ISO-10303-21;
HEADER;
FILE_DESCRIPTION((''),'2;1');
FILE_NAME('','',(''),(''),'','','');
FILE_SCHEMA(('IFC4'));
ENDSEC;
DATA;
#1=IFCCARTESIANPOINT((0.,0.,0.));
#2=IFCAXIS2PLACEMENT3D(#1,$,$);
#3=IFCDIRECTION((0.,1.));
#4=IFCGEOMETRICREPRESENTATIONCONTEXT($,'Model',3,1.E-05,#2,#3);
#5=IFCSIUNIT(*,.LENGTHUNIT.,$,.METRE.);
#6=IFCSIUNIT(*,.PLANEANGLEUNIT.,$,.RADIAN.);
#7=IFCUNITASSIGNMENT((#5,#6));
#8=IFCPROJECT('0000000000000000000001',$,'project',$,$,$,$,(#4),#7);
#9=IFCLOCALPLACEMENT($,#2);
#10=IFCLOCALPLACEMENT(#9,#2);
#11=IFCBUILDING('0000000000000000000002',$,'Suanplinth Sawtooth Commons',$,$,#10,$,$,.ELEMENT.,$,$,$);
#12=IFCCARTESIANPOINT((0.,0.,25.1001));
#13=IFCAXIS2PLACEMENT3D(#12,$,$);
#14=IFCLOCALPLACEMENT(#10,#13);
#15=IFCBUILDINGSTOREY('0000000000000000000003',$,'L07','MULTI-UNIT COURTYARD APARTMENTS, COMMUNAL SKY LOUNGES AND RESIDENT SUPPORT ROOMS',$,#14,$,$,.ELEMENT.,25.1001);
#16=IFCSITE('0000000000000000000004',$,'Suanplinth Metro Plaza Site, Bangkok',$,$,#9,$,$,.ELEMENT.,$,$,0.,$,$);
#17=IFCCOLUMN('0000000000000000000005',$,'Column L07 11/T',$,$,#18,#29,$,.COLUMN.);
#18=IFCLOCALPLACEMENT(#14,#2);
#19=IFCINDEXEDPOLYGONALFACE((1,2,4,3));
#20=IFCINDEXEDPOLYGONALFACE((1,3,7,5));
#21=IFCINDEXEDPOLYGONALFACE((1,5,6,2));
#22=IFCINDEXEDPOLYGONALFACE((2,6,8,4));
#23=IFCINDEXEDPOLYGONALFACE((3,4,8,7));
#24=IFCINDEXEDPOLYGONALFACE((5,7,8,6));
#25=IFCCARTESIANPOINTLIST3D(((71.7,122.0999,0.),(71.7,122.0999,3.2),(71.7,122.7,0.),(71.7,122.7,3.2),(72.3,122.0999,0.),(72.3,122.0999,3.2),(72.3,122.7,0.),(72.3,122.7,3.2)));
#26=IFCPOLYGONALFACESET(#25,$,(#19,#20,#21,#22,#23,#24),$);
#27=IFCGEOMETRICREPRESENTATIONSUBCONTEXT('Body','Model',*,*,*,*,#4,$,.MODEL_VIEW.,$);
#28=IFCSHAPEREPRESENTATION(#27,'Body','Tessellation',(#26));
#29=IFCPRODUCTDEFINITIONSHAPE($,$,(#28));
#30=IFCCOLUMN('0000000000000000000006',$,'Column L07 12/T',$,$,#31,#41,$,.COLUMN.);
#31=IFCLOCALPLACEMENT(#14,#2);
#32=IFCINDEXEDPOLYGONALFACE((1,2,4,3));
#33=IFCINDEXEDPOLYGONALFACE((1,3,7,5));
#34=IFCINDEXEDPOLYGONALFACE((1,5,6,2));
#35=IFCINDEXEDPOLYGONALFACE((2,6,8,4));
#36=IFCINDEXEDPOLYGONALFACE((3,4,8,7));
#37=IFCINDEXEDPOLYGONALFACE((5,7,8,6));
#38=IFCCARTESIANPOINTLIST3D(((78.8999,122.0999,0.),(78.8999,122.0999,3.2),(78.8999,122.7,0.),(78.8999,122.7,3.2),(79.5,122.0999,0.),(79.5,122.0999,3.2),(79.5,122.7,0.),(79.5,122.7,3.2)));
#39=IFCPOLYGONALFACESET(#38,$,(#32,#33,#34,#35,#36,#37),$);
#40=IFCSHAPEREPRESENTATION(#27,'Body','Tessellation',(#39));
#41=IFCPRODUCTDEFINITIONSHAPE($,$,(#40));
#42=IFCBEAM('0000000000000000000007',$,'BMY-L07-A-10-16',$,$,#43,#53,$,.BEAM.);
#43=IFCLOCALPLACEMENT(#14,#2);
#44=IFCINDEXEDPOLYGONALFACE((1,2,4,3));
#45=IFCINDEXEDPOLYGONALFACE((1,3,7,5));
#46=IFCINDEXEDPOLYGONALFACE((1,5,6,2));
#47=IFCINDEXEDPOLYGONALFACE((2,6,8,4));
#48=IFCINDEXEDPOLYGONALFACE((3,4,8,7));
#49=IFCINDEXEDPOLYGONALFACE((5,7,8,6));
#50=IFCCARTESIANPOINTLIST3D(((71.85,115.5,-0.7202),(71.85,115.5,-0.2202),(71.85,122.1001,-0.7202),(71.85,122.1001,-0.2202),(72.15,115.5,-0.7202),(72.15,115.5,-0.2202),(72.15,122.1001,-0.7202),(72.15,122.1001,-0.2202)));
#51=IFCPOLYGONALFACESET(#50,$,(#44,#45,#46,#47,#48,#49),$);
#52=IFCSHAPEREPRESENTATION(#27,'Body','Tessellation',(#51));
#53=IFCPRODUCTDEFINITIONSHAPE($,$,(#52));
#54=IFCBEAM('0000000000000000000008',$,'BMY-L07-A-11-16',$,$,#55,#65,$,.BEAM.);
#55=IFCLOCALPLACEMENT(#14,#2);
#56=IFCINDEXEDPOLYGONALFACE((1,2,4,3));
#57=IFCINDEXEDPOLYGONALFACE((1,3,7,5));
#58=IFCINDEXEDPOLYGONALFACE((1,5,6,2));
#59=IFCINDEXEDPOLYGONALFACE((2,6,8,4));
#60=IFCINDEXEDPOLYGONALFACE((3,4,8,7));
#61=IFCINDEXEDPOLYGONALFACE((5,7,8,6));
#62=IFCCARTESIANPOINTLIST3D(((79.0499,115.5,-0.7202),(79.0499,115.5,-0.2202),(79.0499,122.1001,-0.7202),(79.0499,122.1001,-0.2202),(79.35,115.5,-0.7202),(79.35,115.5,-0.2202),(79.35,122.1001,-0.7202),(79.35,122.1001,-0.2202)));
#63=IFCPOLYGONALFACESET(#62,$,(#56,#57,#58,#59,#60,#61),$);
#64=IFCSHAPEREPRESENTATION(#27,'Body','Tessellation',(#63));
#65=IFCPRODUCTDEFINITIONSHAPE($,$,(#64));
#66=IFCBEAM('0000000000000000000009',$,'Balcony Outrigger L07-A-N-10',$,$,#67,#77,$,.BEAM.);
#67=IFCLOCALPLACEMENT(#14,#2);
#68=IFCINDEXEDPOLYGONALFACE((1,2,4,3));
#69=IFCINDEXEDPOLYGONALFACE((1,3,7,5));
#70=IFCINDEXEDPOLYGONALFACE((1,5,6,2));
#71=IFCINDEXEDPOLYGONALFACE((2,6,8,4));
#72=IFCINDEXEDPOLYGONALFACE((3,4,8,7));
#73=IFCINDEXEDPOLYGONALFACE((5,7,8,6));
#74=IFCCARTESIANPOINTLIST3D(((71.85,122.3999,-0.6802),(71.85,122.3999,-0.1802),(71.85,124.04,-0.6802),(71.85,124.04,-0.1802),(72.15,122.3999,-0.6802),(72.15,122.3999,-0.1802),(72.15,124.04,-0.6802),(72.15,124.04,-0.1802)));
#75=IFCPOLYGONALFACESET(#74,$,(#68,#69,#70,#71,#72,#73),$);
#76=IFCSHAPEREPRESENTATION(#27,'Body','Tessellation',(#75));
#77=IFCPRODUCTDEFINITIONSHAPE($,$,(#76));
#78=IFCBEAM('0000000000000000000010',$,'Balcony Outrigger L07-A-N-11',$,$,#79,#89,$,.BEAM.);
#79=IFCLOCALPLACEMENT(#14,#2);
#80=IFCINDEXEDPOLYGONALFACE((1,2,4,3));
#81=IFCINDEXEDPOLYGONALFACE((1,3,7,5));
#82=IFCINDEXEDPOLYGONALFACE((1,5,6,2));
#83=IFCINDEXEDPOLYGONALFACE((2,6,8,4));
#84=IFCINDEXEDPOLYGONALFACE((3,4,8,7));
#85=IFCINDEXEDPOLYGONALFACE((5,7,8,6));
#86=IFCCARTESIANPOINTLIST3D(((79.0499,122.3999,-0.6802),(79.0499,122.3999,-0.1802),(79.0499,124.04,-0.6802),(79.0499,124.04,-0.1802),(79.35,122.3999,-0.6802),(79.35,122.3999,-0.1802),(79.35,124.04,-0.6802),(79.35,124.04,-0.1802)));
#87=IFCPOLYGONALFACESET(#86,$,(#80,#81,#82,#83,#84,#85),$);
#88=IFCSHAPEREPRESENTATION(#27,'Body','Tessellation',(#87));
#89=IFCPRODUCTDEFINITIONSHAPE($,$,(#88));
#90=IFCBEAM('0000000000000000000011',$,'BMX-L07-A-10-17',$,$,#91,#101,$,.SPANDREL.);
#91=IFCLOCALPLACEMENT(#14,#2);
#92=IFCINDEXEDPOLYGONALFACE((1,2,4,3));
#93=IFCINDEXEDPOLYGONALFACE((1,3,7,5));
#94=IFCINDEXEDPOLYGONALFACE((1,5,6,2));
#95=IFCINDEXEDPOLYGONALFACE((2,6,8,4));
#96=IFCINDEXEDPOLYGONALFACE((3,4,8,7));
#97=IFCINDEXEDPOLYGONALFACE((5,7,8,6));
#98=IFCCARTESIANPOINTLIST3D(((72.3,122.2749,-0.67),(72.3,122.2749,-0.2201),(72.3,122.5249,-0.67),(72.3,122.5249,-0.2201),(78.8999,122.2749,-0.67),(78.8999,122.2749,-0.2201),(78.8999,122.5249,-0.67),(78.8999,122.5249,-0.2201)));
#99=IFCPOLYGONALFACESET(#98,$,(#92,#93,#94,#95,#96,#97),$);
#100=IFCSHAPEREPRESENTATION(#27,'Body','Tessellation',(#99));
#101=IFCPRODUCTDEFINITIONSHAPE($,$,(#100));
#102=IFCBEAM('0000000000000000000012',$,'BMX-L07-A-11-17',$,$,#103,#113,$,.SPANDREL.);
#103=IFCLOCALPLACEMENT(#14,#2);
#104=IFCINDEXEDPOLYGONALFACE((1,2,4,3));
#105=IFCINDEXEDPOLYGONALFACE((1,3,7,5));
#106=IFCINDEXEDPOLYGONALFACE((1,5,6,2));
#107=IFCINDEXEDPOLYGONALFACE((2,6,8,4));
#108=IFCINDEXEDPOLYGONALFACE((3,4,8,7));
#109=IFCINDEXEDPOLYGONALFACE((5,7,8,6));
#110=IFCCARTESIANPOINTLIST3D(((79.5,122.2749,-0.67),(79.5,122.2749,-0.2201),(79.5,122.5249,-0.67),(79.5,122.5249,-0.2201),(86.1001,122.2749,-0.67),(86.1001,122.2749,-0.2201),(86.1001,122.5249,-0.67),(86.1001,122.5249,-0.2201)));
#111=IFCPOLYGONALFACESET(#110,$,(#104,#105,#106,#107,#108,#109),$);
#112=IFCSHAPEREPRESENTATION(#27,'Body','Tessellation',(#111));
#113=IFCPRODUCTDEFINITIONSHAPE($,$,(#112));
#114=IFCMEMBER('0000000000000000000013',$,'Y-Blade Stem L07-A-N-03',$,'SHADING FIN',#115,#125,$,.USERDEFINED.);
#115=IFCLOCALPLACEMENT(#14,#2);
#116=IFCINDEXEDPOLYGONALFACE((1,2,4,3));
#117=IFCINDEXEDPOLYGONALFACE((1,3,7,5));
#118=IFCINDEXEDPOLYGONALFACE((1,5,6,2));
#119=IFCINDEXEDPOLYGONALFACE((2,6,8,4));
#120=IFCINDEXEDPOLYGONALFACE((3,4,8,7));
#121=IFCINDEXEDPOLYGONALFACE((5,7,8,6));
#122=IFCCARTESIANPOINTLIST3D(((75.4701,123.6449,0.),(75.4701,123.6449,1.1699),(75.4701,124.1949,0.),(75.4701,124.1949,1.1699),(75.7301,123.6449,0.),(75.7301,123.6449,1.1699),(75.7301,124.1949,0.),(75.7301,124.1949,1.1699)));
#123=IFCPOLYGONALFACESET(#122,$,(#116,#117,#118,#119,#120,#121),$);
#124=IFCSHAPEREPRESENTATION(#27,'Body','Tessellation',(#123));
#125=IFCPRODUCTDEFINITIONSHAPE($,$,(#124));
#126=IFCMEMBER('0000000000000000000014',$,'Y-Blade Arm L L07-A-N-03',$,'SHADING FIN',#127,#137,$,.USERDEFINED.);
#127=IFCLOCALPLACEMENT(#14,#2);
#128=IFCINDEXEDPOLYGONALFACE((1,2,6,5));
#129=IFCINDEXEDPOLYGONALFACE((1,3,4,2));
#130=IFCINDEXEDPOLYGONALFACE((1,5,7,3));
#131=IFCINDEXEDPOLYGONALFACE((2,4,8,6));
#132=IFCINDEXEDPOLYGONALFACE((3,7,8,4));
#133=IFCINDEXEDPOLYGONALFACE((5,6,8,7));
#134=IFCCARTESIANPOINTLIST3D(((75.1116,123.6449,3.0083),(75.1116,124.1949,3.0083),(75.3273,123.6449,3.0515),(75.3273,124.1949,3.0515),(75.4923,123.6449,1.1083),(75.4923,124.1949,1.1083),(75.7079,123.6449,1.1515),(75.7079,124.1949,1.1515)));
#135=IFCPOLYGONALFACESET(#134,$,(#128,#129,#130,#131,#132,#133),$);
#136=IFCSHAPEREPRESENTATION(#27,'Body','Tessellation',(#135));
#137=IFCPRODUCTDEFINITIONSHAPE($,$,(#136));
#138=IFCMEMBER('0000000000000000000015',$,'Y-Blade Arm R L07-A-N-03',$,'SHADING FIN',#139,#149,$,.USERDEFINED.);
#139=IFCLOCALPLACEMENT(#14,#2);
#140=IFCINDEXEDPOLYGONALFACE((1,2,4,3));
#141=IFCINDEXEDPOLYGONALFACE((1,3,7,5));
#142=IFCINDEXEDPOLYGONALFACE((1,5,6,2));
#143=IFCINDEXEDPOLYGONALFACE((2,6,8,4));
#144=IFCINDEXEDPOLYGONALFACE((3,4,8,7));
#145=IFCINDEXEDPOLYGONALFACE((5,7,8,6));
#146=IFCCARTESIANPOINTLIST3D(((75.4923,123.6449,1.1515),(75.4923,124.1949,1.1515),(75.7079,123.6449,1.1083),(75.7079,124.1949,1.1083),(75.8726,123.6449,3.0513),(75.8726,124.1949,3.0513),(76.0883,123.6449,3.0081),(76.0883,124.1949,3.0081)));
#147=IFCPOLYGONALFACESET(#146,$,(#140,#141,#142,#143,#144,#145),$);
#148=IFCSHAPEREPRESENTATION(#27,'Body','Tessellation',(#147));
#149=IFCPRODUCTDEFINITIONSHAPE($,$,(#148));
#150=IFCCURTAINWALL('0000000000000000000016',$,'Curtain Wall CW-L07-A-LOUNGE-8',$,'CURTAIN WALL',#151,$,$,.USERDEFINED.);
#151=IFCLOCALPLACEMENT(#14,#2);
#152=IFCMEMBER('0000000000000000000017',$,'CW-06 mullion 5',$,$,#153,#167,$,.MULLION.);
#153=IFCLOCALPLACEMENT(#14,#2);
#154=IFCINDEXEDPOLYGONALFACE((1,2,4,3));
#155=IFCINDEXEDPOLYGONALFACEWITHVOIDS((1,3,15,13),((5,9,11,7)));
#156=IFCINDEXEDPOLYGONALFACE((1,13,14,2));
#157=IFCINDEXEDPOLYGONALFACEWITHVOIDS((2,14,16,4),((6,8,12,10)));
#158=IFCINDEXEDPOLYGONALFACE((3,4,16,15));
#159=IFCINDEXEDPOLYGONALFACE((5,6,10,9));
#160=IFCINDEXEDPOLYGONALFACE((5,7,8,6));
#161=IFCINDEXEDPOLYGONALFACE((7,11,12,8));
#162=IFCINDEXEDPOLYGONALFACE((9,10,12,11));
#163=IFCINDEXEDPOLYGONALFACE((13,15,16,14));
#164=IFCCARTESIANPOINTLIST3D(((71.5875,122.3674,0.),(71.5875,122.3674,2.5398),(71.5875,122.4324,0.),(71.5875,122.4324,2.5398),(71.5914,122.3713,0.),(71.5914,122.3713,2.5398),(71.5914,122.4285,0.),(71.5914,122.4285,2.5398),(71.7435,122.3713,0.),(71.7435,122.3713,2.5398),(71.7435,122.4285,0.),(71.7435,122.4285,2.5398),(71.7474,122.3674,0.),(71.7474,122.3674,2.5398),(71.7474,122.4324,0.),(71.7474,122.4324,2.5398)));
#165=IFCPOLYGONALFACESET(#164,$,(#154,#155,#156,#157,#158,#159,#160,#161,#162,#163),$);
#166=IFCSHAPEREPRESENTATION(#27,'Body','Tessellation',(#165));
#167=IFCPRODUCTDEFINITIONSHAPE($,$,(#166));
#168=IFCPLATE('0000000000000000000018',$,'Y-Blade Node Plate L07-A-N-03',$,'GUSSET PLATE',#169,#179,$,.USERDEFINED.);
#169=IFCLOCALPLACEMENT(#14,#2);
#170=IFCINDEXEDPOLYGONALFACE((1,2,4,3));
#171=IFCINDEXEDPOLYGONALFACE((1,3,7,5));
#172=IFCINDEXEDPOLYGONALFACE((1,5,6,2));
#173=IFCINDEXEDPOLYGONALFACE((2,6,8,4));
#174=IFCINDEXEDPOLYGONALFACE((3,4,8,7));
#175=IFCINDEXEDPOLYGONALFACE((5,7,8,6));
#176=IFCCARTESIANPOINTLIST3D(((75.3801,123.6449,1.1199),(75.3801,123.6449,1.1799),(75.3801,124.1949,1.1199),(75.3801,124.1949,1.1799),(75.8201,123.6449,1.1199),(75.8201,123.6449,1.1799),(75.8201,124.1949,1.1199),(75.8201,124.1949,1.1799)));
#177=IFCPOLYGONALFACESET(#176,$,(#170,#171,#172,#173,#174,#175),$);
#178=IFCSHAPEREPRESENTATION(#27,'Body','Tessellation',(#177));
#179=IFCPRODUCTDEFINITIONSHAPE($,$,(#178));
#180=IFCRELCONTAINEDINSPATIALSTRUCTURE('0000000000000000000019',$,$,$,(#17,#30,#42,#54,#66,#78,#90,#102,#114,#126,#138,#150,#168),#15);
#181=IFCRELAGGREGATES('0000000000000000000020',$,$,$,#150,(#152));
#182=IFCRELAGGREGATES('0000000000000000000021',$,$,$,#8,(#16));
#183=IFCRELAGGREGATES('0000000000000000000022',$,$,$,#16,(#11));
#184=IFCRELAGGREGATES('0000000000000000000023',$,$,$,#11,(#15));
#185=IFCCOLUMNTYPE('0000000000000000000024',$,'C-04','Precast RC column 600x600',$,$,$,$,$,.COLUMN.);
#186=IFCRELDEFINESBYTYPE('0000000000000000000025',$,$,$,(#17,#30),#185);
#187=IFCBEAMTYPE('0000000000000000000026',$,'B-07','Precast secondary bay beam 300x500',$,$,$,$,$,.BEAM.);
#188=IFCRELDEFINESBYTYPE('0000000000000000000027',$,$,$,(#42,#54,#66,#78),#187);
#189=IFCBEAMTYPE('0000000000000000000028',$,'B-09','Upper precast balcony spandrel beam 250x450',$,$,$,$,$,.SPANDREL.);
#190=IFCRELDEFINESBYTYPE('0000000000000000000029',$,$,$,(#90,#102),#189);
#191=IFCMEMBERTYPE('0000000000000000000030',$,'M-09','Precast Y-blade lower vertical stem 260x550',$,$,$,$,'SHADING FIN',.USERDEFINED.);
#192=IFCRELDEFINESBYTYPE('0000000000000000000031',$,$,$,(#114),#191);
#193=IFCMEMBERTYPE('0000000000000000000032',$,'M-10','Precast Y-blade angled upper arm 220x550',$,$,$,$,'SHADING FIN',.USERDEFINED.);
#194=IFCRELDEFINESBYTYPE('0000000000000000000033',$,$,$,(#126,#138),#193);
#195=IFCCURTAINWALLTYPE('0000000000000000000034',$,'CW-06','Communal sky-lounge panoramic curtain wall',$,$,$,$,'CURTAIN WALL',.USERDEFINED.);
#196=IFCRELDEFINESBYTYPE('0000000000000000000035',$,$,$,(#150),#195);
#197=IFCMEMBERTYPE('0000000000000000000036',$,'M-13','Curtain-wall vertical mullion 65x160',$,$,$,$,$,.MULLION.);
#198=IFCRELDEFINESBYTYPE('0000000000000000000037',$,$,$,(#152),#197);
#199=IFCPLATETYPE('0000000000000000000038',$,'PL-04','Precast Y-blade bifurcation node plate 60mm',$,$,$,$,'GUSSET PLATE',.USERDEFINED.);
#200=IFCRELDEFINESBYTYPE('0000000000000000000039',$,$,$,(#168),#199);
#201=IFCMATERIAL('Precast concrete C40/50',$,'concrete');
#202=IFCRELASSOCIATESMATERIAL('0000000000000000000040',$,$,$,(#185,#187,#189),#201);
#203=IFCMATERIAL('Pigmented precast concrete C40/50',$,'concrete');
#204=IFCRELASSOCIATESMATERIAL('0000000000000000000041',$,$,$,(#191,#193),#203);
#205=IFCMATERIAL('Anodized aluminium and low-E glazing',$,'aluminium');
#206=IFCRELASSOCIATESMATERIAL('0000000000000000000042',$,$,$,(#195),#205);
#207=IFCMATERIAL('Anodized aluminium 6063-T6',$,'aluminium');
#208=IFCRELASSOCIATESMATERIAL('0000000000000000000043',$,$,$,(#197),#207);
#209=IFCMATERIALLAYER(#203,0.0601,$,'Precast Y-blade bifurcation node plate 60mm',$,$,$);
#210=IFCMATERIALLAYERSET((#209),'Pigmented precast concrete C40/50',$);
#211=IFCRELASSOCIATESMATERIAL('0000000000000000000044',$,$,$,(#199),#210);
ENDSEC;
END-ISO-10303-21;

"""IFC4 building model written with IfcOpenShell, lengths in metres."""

from ifc_helpers import new_model, si_unit, direction, frame, origin, origin_2d, place, context, subcontext, project, spatial, rectangle, hollow_rectangle, extrude, material, layer, layer_set, material_profile, profile_set, type_object, element, aggregate, save


model = new_model("IFC4")

# Units and contexts
model_context = context("Model", 3, precision=1e-05, world=origin(), true_north=direction((0.0, 1.0)))
body_context = subcontext(model_context, "Body", "Model", "MODEL_VIEW")
ifc_project = project(units=[si_unit("LENGTHUNIT", "METRE"), si_unit("PLANEANGLEUNIT", "RADIAN")], contexts=[model_context])

# Site, building, storey
site_placement = place(None, origin())
site = spatial("IfcSite", under=ifc_project, at=site_placement, Name="Suanplinth Metro Plaza Site, Bangkok", CompositionType="ELEMENT", RefElevation=0.0)
building_placement = place(site_placement, origin())
building = spatial("IfcBuilding", under=site, at=building_placement, Name="Suanplinth Sawtooth Commons", CompositionType="ELEMENT")
storey_placement = place(building_placement, frame((0.0, 0.0, 25.1001)))
storey = spatial("IfcBuildingStorey", under=building, at=storey_placement, Name="L07", Description="MULTI-UNIT COURTYARD APARTMENTS, COMMUNAL SKY LOUNGES AND RESIDENT SUPPORT ROOMS", CompositionType="ELEMENT", Elevation=25.1001)

# Columns
ifc_material_1 = material(Name="Precast concrete C40/50", Category="concrete")
ifc_material_profile_1 = material_profile(ifc_material_1, rectangle(XDim=0.6001, YDim=0.6001, at=origin_2d()), Name="PC-COL 600x600")
ifc_profile_set_1 = profile_set([ifc_material_profile_1], Name="Precast concrete C40/50")
column_type = type_object("IfcColumnType", Name="C-04", Description="Precast RC column 600x600", PredefinedType="COLUMN", material=ifc_profile_set_1)
for number, where, z_axis, x_axis, name in (
    (1, (72.0, 122.3999, 0.0), (0.0, 0.0, 1.0), (1.0, 0.0, 0.0), "Column L07 11/T"),
    (2, (79.2, 122.3999, 0.0), (0.0, 0.0, 1.0), (1.0, 0.0, 0.0), "Column L07 12/T"),
):
    element("IfcColumn", number, at=place(storey_placement, frame(where, z_axis=z_axis, x_axis=x_axis)), inside=storey, type_object=column_type, Name=name, PredefinedType="COLUMN", context=body_context, shape_type="SweptSolid", body=[
        extrude(rectangle(XDim=0.6001, YDim=0.6001, at=origin_2d()), origin(), (0.0, 0.0, 1.0), 3.2),
    ])

# Beams
ifc_material_profile_2 = material_profile(ifc_material_1, rectangle(XDim=0.3, YDim=0.5, at=origin_2d()), Name="PC-BM 300x500")
ifc_profile_set_2 = profile_set([ifc_material_profile_2], Name="Precast concrete C40/50")
beam_type_1 = type_object("IfcBeamType", Name="B-07", Description="Precast secondary bay beam 300x500", PredefinedType="BEAM", material=ifc_profile_set_2)
for number, where, z_axis, x_axis, name in (
    (3, (72.0, 115.5, -0.4702), (0.0, 1.0, 0.0), (-1.0, 0.0, 0.0), "BMY-L07-A-10-16"),
    (4, (79.2, 115.5, -0.4702), (0.0, 1.0, 0.0), (-1.0, 0.0, 0.0), "BMY-L07-A-11-16"),
):
    element("IfcBeam", number, at=place(storey_placement, frame(where, z_axis=z_axis, x_axis=x_axis)), inside=storey, type_object=beam_type_1, Name=name, PredefinedType="BEAM", context=body_context, shape_type="SweptSolid", body=[
        extrude(rectangle(XDim=0.3, YDim=0.5, at=origin_2d()), origin(), (0.0, 0.0, 1.0), 6.6001),
    ])
for number, where, z_axis, x_axis, name in (
    (5, (72.0, 122.3999, -0.4302), (0.0, 1.0, 0.0), (-1.0, 0.0, 0.0), "Balcony Outrigger L07-A-N-10"),
    (6, (79.2, 122.3999, -0.4302), (0.0, 1.0, 0.0), (-1.0, 0.0, 0.0), "Balcony Outrigger L07-A-N-11"),
):
    element("IfcBeam", number, at=place(storey_placement, frame(where, z_axis=z_axis, x_axis=x_axis)), inside=storey, type_object=beam_type_1, Name=name, PredefinedType="BEAM", context=body_context, shape_type="SweptSolid", body=[
        extrude(rectangle(XDim=0.3, YDim=0.5, at=origin_2d()), origin(), (0.0, 0.0, 1.0), 1.6401),
    ])
ifc_material_profile_3 = material_profile(ifc_material_1, rectangle(XDim=0.25, YDim=0.45, at=origin_2d()), Name="PC-SP 250x450")
ifc_profile_set_3 = profile_set([ifc_material_profile_3], Name="Precast concrete C40/50")
beam_type_2 = type_object("IfcBeamType", Name="B-09", Description="Upper precast balcony spandrel beam 250x450", PredefinedType="SPANDREL", material=ifc_profile_set_3)
beam_1_placement = place(storey_placement, frame((72.3, 122.3999, -0.4451), z_axis=(1.0, 0.0, 0.0), x_axis=(0.0, 1.0, 0.0)))
element("IfcBeam", 7, at=beam_1_placement, inside=storey, type_object=beam_type_2, Name="BMX-L07-A-10-17", PredefinedType="SPANDREL", context=body_context, shape_type="SweptSolid", body=[
    extrude(rectangle(XDim=0.25, YDim=0.45, at=origin_2d()), origin(), (0.0, 0.0, 1.0), 6.5999),
])
beam_2_placement = place(storey_placement, frame((79.5, 122.3999, -0.4451), z_axis=(1.0, 0.0, 0.0), x_axis=(0.0, 1.0, 0.0)))
element("IfcBeam", 8, at=beam_2_placement, inside=storey, type_object=beam_type_2, Name="BMX-L07-A-11-17", PredefinedType="SPANDREL", context=body_context, shape_type="SweptSolid", body=[
    extrude(rectangle(XDim=0.25, YDim=0.45, at=origin_2d()), origin(), (0.0, 0.0, 1.0), 6.6001),
])

# Members
ifc_material_2 = material(Name="Pigmented precast concrete C40/50", Category="concrete")
ifc_material_profile_4 = material_profile(ifc_material_2, rectangle(XDim=0.26, YDim=0.55, at=origin_2d()), Name="PC-FIN 260x550")
ifc_profile_set_4 = profile_set([ifc_material_profile_4], Name="Pigmented precast concrete C40/50")
member_type_1 = type_object("IfcMemberType", Name="M-09", Description="Precast Y-blade lower vertical stem 260x550", ElementType="SHADING FIN", PredefinedType="USERDEFINED", material=ifc_profile_set_4)
member_1_placement = place(storey_placement, frame((75.6001, 123.9199, 0.0), z_axis=(0.0, 0.0, 1.0), x_axis=(1.0, 0.0, 0.0)))
element("IfcMember", 9, at=member_1_placement, inside=storey, type_object=member_type_1, Name="Y-Blade Stem L07-A-N-03", ObjectType="SHADING FIN", PredefinedType="USERDEFINED", context=body_context, shape_type="SweptSolid", body=[
    extrude(rectangle(XDim=0.26, YDim=0.55, at=origin_2d()), origin(), (0.0, 0.0, 1.0), 1.1699),
])
ifc_material_profile_5 = material_profile(ifc_material_2, rectangle(XDim=0.22, YDim=0.55, at=origin_2d()), Name="PC-FIN 220x550")
ifc_profile_set_5 = profile_set([ifc_material_profile_5], Name="Pigmented precast concrete C40/50")
member_type_2 = type_object("IfcMemberType", Name="M-10", Description="Precast Y-blade angled upper arm 220x550", ElementType="SHADING FIN", PredefinedType="USERDEFINED", material=ifc_profile_set_5)
member_2_placement = place(storey_placement, frame((75.6001, 123.9199, 1.1299), z_axis=(-0.196431, 0.0, 0.980518), x_axis=(0.980518, 0.0, 0.196431)))
element("IfcMember", 10, at=member_2_placement, inside=storey, type_object=member_type_2, Name="Y-Blade Arm L L07-A-N-03", ObjectType="SHADING FIN", PredefinedType="USERDEFINED", context=body_context, shape_type="SweptSolid", body=[
    extrude(rectangle(XDim=0.22, YDim=0.55, at=origin_2d()), origin(), (0.0, 0.0, 1.0), 1.9377),
])
member_3_placement = place(storey_placement, frame((75.6001, 123.9199, 1.1299), z_axis=(0.19631, 0.0, 0.980542), x_axis=(-0.980542, 0.0, 0.19631)))
element("IfcMember", 11, at=member_3_placement, inside=storey, type_object=member_type_2, Name="Y-Blade Arm R L07-A-N-03", ObjectType="SHADING FIN", PredefinedType="USERDEFINED", context=body_context, shape_type="SweptSolid", body=[
    extrude(rectangle(XDim=0.22, YDim=0.55, at=origin_2d()), origin(), (0.0, 0.0, 1.0), 1.9375),
])

# Curtain wall, member
ifc_material_3 = material(Name="Anodized aluminium and low-E glazing", Category="aluminium")
curtain_wall_type = type_object("IfcCurtainWallType", Name="CW-06", Description="Communal sky-lounge panoramic curtain wall", ElementType="CURTAIN WALL", PredefinedType="USERDEFINED", material=ifc_material_3)
curtain_wall_placement = place(storey_placement, origin())
curtain_wall = element("IfcCurtainWall", 12, at=curtain_wall_placement, inside=storey, type_object=curtain_wall_type, Name="Curtain Wall CW-L07-A-LOUNGE-8", ObjectType="CURTAIN WALL", PredefinedType="USERDEFINED")
ifc_material_4 = material(Name="Anodized aluminium 6063-T6", Category="aluminium")
ifc_material_profile_6 = material_profile(ifc_material_4, hollow_rectangle(XDim=0.0649, YDim=0.1599, WallThickness=0.0039, at=origin_2d()), Name="ALU-MUL 65x160")
ifc_profile_set_6 = profile_set([ifc_material_profile_6], Name="Anodized aluminium 6063-T6")
member_type_3 = type_object("IfcMemberType", Name="M-13", Description="Curtain-wall vertical mullion 65x160", PredefinedType="MULLION", material=ifc_profile_set_6)
member_4_placement = place(storey_placement, frame((71.6675, 122.3999, 0.0), z_axis=(0.0, 0.0, 1.0), x_axis=(0.0, 1.0, 0.0)))
member_4 = element("IfcMember", 13, at=member_4_placement, type_object=member_type_3, Name="CW-06 mullion 5", PredefinedType="MULLION", context=body_context, shape_type="SweptSolid", body=[
    extrude(hollow_rectangle(XDim=0.0649, YDim=0.1599, WallThickness=0.0039, at=origin_2d()), origin(), (0.0, 0.0, 1.0), 2.5398),
])
aggregate(curtain_wall, [member_4])

# Plate
ifc_layer_1 = layer(ifc_material_2, 0.0601, Name="Precast Y-blade bifurcation node plate 60mm")
ifc_layer_set_1 = layer_set([ifc_layer_1], Name="Pigmented precast concrete C40/50")
plate_type = type_object("IfcPlateType", Name="PL-04", Description="Precast Y-blade bifurcation node plate 60mm", ElementType="GUSSET PLATE", PredefinedType="USERDEFINED", material=ifc_layer_set_1)
plate_placement = place(storey_placement, frame((75.6001, 123.9199, 1.1199), z_axis=(0.0, 0.0, 1.0), x_axis=(1.0, 0.0, 0.0)))
element("IfcPlate", 14, at=plate_placement, inside=storey, type_object=plate_type, Name="Y-Blade Node Plate L07-A-N-03", ObjectType="GUSSET PLATE", PredefinedType="USERDEFINED", context=body_context, shape_type="SweptSolid", body=[
    extrude(rectangle(XDim=0.4399, YDim=0.55, at=origin_2d()), origin(), (0.0, 0.0, 1.0), 0.0601),
])

save(model, "model.ifc")
